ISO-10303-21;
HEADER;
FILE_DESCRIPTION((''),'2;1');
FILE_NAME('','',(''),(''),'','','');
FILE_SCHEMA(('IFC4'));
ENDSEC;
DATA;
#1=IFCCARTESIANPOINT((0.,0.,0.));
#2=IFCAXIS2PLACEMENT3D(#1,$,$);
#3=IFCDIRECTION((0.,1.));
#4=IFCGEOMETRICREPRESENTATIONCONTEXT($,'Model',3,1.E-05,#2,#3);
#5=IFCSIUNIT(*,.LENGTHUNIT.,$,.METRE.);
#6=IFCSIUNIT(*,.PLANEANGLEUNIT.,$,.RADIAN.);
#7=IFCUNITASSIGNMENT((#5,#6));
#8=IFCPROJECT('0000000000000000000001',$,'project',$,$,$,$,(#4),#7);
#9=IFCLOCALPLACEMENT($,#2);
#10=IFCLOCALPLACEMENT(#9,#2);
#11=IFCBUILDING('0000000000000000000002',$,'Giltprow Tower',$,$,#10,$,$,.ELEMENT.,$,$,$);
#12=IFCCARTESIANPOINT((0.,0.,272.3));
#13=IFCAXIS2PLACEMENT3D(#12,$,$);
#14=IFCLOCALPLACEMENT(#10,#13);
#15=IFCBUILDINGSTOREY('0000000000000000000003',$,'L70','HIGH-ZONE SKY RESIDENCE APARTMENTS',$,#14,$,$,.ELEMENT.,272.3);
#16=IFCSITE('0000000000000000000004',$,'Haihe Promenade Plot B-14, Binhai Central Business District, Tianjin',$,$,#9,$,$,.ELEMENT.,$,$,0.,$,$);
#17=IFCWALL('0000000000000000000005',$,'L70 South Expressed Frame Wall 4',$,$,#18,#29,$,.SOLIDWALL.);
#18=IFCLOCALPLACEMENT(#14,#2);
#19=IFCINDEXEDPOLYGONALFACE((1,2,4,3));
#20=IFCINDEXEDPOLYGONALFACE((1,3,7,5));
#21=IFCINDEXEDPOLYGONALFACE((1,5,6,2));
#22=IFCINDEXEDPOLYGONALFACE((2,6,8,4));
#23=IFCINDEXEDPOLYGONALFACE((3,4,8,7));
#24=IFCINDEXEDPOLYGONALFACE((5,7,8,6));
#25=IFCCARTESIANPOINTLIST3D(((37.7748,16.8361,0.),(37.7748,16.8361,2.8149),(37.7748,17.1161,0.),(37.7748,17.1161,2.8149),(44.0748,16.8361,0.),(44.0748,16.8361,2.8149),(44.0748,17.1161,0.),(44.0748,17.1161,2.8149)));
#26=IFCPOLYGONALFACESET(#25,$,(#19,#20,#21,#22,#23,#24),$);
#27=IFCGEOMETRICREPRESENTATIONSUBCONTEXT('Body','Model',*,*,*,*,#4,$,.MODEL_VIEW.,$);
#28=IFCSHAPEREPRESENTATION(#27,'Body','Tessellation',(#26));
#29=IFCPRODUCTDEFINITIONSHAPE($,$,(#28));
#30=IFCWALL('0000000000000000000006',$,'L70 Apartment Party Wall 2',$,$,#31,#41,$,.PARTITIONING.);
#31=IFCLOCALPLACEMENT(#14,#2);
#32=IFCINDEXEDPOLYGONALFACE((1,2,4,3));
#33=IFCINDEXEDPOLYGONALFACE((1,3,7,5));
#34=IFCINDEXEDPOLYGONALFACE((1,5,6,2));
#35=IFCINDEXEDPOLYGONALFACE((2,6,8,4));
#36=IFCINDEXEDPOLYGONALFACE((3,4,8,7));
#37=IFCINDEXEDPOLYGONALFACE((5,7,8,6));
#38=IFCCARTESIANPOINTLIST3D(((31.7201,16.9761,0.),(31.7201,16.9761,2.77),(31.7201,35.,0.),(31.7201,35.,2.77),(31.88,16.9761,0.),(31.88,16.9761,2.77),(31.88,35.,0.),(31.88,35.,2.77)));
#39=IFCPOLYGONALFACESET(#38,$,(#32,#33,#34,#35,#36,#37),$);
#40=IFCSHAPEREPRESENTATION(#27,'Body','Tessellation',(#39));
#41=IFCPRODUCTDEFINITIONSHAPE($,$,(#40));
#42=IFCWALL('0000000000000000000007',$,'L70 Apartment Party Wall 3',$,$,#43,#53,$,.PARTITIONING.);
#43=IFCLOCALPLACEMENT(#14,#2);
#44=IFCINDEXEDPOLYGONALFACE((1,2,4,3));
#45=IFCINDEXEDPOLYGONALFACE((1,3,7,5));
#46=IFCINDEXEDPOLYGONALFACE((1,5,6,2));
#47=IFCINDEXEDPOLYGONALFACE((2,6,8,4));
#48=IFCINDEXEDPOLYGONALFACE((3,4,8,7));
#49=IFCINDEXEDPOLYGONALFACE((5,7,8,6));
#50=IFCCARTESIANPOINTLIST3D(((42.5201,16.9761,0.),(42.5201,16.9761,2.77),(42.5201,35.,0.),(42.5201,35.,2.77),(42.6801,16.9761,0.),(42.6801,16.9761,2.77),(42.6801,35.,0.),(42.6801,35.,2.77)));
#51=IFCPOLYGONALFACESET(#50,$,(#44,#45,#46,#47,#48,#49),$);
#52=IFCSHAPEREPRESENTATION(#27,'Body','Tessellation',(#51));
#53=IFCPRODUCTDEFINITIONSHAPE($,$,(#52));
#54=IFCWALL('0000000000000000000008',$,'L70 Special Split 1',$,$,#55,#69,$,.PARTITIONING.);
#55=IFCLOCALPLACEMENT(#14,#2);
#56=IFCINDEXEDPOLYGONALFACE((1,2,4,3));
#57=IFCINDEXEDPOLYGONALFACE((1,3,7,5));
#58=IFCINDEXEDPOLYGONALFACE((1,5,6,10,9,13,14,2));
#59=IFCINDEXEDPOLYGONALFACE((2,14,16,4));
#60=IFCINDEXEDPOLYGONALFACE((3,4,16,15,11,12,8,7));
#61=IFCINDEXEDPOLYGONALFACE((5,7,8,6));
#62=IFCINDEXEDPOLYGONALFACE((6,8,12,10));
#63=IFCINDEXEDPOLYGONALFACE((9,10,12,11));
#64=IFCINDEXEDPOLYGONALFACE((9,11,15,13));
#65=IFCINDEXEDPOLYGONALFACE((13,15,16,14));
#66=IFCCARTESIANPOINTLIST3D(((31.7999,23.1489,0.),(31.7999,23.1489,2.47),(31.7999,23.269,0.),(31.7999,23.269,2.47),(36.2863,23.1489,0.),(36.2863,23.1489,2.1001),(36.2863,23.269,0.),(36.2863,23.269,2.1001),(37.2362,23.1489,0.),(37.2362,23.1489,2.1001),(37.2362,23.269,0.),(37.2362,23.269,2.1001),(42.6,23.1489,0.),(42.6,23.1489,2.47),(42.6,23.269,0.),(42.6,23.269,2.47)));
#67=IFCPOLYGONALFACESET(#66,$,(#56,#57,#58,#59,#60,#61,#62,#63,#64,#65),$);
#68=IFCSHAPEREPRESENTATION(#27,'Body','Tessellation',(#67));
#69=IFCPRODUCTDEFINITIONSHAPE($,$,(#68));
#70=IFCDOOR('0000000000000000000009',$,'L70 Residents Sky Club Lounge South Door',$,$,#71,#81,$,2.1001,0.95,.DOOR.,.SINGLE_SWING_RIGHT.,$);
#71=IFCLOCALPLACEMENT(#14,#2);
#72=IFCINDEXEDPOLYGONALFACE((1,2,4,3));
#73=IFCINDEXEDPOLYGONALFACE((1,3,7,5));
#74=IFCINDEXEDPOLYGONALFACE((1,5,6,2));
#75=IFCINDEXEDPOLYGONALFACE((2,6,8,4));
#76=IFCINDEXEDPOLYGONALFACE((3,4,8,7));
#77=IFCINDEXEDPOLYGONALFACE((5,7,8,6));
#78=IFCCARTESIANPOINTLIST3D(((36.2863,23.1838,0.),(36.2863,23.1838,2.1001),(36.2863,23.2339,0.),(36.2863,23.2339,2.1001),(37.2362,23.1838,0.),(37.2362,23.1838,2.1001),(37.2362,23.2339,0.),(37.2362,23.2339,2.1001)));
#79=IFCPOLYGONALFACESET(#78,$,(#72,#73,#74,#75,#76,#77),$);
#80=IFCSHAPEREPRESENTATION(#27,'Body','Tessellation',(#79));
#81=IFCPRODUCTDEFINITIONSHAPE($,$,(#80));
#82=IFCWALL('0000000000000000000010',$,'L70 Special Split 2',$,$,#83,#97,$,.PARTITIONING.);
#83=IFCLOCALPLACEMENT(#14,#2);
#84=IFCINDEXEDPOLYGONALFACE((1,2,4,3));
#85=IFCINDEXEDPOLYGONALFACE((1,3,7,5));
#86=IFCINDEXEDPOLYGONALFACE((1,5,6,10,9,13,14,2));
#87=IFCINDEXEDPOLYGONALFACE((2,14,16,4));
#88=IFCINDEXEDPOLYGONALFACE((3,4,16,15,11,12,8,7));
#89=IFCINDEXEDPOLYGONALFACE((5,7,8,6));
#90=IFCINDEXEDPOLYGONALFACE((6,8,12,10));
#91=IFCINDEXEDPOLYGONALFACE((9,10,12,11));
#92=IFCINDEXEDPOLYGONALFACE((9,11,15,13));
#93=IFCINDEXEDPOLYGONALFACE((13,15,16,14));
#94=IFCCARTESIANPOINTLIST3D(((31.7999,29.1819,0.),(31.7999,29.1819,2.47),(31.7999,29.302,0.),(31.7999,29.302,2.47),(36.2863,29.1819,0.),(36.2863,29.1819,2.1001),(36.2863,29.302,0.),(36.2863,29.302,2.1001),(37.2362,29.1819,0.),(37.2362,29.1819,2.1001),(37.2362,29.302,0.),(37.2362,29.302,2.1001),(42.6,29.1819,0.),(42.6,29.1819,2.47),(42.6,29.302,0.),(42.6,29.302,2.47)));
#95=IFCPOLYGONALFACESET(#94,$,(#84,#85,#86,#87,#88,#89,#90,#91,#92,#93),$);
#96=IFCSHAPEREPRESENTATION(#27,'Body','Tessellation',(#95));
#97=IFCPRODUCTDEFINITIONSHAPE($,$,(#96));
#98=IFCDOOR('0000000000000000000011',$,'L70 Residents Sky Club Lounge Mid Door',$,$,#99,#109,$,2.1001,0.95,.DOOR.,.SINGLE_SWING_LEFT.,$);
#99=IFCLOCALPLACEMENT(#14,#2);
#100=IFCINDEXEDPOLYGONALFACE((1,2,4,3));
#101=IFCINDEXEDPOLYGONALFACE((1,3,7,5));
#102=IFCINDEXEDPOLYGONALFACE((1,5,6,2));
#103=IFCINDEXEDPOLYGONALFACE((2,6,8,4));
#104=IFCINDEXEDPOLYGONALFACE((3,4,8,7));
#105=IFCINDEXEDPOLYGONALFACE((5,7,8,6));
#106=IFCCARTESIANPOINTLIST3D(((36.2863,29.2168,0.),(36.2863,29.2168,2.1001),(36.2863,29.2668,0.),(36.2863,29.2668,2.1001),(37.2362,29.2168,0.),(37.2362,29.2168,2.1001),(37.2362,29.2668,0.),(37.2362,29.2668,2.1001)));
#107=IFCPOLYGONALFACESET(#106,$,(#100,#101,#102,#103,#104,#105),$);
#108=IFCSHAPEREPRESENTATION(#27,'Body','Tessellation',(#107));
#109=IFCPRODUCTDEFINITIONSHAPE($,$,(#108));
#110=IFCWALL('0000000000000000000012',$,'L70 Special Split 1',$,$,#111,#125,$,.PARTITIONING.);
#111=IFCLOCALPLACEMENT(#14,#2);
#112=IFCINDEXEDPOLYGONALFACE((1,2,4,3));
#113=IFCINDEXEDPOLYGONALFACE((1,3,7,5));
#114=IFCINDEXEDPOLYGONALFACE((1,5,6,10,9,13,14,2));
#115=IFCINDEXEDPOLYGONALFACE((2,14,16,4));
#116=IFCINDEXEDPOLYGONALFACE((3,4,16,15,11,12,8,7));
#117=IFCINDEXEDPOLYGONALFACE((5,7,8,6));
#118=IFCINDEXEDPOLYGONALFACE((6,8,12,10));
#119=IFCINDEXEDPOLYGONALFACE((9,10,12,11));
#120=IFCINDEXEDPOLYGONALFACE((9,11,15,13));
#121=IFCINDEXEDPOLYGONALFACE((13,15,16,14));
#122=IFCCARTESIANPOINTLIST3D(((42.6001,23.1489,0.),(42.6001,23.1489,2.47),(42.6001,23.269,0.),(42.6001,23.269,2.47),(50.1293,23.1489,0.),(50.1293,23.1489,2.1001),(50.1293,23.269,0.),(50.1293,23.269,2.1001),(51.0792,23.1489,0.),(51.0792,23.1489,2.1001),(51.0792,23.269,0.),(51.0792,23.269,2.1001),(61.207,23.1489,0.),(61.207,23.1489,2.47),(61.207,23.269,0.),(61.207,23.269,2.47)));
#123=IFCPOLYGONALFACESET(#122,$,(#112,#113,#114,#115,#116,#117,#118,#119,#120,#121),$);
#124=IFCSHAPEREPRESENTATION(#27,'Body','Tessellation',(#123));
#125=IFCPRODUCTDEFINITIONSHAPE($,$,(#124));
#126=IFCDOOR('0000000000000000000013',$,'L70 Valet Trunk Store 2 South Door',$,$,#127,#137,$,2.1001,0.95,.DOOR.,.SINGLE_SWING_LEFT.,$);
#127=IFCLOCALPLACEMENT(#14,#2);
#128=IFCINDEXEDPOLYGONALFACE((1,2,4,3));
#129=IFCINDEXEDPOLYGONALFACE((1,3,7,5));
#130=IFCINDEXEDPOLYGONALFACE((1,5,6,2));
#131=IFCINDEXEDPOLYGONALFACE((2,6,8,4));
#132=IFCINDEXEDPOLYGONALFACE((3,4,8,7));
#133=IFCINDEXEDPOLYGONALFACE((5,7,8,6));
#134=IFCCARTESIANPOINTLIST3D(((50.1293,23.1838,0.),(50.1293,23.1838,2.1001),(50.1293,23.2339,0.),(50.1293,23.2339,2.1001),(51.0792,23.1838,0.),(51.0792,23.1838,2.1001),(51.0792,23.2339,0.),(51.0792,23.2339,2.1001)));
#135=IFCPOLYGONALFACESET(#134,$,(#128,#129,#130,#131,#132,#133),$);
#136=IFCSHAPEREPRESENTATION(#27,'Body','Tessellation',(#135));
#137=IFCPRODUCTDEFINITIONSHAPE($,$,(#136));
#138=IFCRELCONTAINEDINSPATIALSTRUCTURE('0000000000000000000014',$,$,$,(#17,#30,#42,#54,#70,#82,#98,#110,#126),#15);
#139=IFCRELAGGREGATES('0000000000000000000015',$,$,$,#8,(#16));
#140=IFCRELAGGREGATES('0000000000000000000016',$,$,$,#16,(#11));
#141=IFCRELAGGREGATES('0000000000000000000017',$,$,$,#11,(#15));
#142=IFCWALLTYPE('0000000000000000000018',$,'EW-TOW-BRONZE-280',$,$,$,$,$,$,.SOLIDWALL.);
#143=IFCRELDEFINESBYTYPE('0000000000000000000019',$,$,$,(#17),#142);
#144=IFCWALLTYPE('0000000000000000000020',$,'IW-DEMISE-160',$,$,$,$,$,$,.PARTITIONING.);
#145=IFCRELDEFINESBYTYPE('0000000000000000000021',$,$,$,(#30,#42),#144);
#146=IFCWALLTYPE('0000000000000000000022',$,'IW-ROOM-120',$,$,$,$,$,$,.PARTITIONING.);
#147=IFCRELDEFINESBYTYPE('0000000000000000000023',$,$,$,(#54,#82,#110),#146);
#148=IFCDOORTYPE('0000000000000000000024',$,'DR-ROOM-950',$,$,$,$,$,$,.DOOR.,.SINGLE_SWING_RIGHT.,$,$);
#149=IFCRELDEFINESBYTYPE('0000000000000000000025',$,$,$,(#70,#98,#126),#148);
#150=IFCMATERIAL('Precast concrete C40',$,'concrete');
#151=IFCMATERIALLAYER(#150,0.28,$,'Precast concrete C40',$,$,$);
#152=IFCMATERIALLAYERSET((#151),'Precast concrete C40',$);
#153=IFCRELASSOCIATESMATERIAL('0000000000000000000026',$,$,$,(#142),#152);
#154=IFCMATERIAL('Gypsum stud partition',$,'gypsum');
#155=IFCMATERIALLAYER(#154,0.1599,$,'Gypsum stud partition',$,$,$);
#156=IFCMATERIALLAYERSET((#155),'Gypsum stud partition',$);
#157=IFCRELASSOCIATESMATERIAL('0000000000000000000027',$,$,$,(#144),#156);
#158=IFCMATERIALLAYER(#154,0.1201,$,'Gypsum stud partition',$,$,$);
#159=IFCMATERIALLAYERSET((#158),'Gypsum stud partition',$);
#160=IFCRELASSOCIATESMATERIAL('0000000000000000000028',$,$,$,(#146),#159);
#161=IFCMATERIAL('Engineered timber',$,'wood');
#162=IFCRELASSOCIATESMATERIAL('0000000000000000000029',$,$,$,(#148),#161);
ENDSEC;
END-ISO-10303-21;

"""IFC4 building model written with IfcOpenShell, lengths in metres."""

from ifc_helpers import new_model, si_unit, direction, frame, frame_2d, origin, place, context, subcontext, project, spatial, rectangle, extrude, source, transform, mapped, material, layer, layer_set, type_object, element, fill, save


model = new_model("IFC4")

# Units and contexts
model_context = context("Model", 3, precision=1e-05, world=origin(), true_north=direction((0.0, 1.0)))
body_context = subcontext(model_context, "Body", "Model", "MODEL_VIEW")
ifc_project = project(units=[si_unit("LENGTHUNIT", "METRE"), si_unit("PLANEANGLEUNIT", "RADIAN")], contexts=[model_context])

# Site, building, storey
site_placement = place(None, origin())
site = spatial("IfcSite", under=ifc_project, at=site_placement, Name="Haihe Promenade Plot B-14, Binhai Central Business District, Tianjin", CompositionType="ELEMENT", RefElevation=0.0)
building_placement = place(site_placement, origin())
building = spatial("IfcBuilding", under=site, at=building_placement, Name="Giltprow Tower", CompositionType="ELEMENT")
storey_placement = place(building_placement, frame((0.0, 0.0, 272.3)))
storey = spatial("IfcBuildingStorey", under=building, at=storey_placement, Name="L70", Description="HIGH-ZONE SKY RESIDENCE APARTMENTS", CompositionType="ELEMENT", Elevation=272.3)

# Walls
ifc_material_1 = material(Name="Precast concrete C40", Category="concrete")
ifc_layer_1 = layer(ifc_material_1, 0.28, Name="Precast concrete C40")
ifc_layer_set_1 = layer_set([ifc_layer_1], Name="Precast concrete C40")
wall_type_1 = type_object("IfcWallType", Name="EW-TOW-BRONZE-280", PredefinedType="SOLIDWALL", material=ifc_layer_set_1)
wall_1_placement = place(storey_placement, frame((37.7749, 16.9761, 0.0), z_axis=(0.0, 0.0, 1.0), x_axis=(1.0, 0.0, 0.0)))
element("IfcWall", 1, at=wall_1_placement, inside=storey, type_object=wall_type_1, Name="L70 South Expressed Frame Wall 4", PredefinedType="SOLIDWALL", context=body_context, shape_type="SweptSolid", body=[
    extrude(rectangle(XDim=6.3, YDim=0.28, at=frame_2d((3.1499, 0.0))), origin(), (0.0, 0.0, 1.0), 2.8149),
])
ifc_material_2 = material(Name="Gypsum stud partition", Category="gypsum")
ifc_layer_2 = layer(ifc_material_2, 0.1599, Name="Gypsum stud partition")
ifc_layer_set_2 = layer_set([ifc_layer_2], Name="Gypsum stud partition")
wall_type_2 = type_object("IfcWallType", Name="IW-DEMISE-160", PredefinedType="PARTITIONING", material=ifc_layer_set_2)
for number, where, z_axis, x_axis, name in (
    (2, (31.8, 16.9761, 0.0), (0.0, 0.0, 1.0), (0.0, 1.0, 0.0), "L70 Apartment Party Wall 2"),
    (3, (42.6001, 16.9761, 0.0), (0.0, 0.0, 1.0), (0.0, 1.0, 0.0), "L70 Apartment Party Wall 3"),
):
    element("IfcWall", number, at=place(storey_placement, frame(where, z_axis=z_axis, x_axis=x_axis)), inside=storey, type_object=wall_type_2, Name=name, PredefinedType="PARTITIONING", context=body_context, shape_type="SweptSolid", body=[
        extrude(rectangle(XDim=18.0239, YDim=0.1599, at=frame_2d((9.012, 0.0))), origin(), (0.0, 0.0, 1.0), 2.77),
    ])

# Walls, openings, doors
ifc_layer_3 = layer(ifc_material_2, 0.1201, Name="Gypsum stud partition")
ifc_layer_set_3 = layer_set([ifc_layer_3], Name="Gypsum stud partition")
wall_type_3 = type_object("IfcWallType", Name="IW-ROOM-120", PredefinedType="PARTITIONING", material=ifc_layer_set_3)
wall_2_placement = place(storey_placement, frame((31.8, 23.209, 0.0), z_axis=(0.0, 0.0, 1.0), x_axis=(1.0, 0.0, 0.0)))
wall_2 = element("IfcWall", 4, at=wall_2_placement, inside=storey, type_object=wall_type_3, Name="L70 Special Split 1", PredefinedType="PARTITIONING", context=body_context, shape_type="SweptSolid", body=[
    extrude(rectangle(XDim=10.8, YDim=0.1201, at=frame_2d((5.3999, 0.0))), origin(), (0.0, 0.0, 1.0), 2.47),
])
opening_1_placement = place(wall_2_placement, frame((4.4861, 0.0, 0.0)))
opening_1 = element("IfcOpeningElement", 5, at=opening_1_placement, cuts=wall_2, PredefinedType="OPENING", context=body_context, shape_type="SweptSolid", body=[
    extrude(rectangle(XDim=0.95, YDim=2.1001, at=frame_2d((0.4751, 1.05))), frame((0.0, 0.0701, 0.0), z_axis=(0.0, -1.0, 0.0), x_axis=(1.0, 0.0, 0.0)), (0.0, 0.0, 1.0), 0.1401),
])
ifc_material_3 = material(Name="Engineered timber", Category="wood")
door_type = type_object("IfcDoorType", Name="DR-ROOM-950", OperationType="SINGLE_SWING_RIGHT", PredefinedType="DOOR", material=ifc_material_3)
shared_shape_1 = source(origin(), body_context, "Body", "SweptSolid", [
    extrude(rectangle(XDim=0.95, YDim=2.1001, at=frame_2d((0.4751, 1.05))), frame((0.0, 0.0249, 0.0), z_axis=(0.0, -1.0, 0.0), x_axis=(1.0, 0.0, 0.0)), (0.0, 0.0, 1.0), 0.05),
])
door_1_placement = place(opening_1_placement, origin())
door_1 = element("IfcDoor", 6, at=door_1_placement, inside=storey, type_object=door_type, Name="L70 Residents Sky Club Lounge South Door", OperationType="SINGLE_SWING_RIGHT", OverallHeight=2.1001, OverallWidth=0.95, PredefinedType="DOOR", context=body_context, shape_type="MappedRepresentation", body=[
    mapped(shared_shape_1, transform((0.0, 0.0, 0.0), x_axis=(1.0, 0.0, 0.0), y_axis=(0.0, 1.0, 0.0), z_axis=(0.0, 0.0, 1.0), scale=1.0)),
])
fill(opening_1, door_1)
wall_3_placement = place(storey_placement, frame((31.8, 29.2419, 0.0), z_axis=(0.0, 0.0, 1.0), x_axis=(1.0, 0.0, 0.0)))
wall_3 = element("IfcWall", 7, at=wall_3_placement, inside=storey, type_object=wall_type_3, Name="L70 Special Split 2", PredefinedType="PARTITIONING", context=body_context, shape_type="SweptSolid", body=[
    extrude(rectangle(XDim=10.8, YDim=0.1201, at=frame_2d((5.3999, 0.0))), origin(), (0.0, 0.0, 1.0), 2.47),
])
opening_2_placement = place(wall_3_placement, frame((4.4861, 0.0, 0.0)))
opening_2 = element("IfcOpeningElement", 8, at=opening_2_placement, cuts=wall_3, PredefinedType="OPENING", context=body_context, shape_type="SweptSolid", body=[
    extrude(rectangle(XDim=0.95, YDim=2.1001, at=frame_2d((0.4751, 1.05))), frame((0.0, 0.0701, 0.0), z_axis=(0.0, -1.0, 0.0), x_axis=(1.0, 0.0, 0.0)), (0.0, 0.0, 1.0), 0.1401),
])
door_2_placement = place(opening_2_placement, origin())
door_2 = element("IfcDoor", 9, at=door_2_placement, inside=storey, type_object=door_type, Name="L70 Residents Sky Club Lounge Mid Door", OperationType="SINGLE_SWING_LEFT", OverallHeight=2.1001, OverallWidth=0.95, PredefinedType="DOOR", context=body_context, shape_type="MappedRepresentation", body=[
    mapped(shared_shape_1, transform((0.0, 0.0, 0.0), x_axis=(1.0, 0.0, 0.0), y_axis=(0.0, 1.0, 0.0), z_axis=(0.0, 0.0, 1.0), scale=1.0)),
])
fill(opening_2, door_2)
wall_4_placement = place(storey_placement, frame((42.6001, 23.209, 0.0), z_axis=(0.0, 0.0, 1.0), x_axis=(1.0, 0.0, 0.0)))
wall_4 = element("IfcWall", 10, at=wall_4_placement, inside=storey, type_object=wall_type_3, Name="L70 Special Split 1", PredefinedType="PARTITIONING", context=body_context, shape_type="SweptSolid", body=[
    extrude(rectangle(XDim=18.6069, YDim=0.1201, at=frame_2d((9.3035, 0.0))), origin(), (0.0, 0.0, 1.0), 2.47),
])
opening_3_placement = place(wall_4_placement, frame((7.5291, 0.0, 0.0)))
opening_3 = element("IfcOpeningElement", 11, at=opening_3_placement, cuts=wall_4, PredefinedType="OPENING", context=body_context, shape_type="SweptSolid", body=[
    extrude(rectangle(XDim=0.95, YDim=2.1001, at=frame_2d((0.4751, 1.05))), frame((0.0, 0.0701, 0.0), z_axis=(0.0, -1.0, 0.0), x_axis=(1.0, 0.0, 0.0)), (0.0, 0.0, 1.0), 0.1401),
])
door_3_placement = place(opening_3_placement, origin())
door_3 = element("IfcDoor", 12, at=door_3_placement, inside=storey, type_object=door_type, Name="L70 Valet Trunk Store 2 South Door", OperationType="SINGLE_SWING_LEFT", OverallHeight=2.1001, OverallWidth=0.95, PredefinedType="DOOR", context=body_context, shape_type="MappedRepresentation", body=[
    mapped(shared_shape_1, transform((0.0, 0.0, 0.0), x_axis=(1.0, 0.0, 0.0), y_axis=(0.0, 1.0, 0.0), z_axis=(0.0, 0.0, 1.0), scale=1.0)),
])
fill(opening_3, door_3)

save(model, "model.ifc")
